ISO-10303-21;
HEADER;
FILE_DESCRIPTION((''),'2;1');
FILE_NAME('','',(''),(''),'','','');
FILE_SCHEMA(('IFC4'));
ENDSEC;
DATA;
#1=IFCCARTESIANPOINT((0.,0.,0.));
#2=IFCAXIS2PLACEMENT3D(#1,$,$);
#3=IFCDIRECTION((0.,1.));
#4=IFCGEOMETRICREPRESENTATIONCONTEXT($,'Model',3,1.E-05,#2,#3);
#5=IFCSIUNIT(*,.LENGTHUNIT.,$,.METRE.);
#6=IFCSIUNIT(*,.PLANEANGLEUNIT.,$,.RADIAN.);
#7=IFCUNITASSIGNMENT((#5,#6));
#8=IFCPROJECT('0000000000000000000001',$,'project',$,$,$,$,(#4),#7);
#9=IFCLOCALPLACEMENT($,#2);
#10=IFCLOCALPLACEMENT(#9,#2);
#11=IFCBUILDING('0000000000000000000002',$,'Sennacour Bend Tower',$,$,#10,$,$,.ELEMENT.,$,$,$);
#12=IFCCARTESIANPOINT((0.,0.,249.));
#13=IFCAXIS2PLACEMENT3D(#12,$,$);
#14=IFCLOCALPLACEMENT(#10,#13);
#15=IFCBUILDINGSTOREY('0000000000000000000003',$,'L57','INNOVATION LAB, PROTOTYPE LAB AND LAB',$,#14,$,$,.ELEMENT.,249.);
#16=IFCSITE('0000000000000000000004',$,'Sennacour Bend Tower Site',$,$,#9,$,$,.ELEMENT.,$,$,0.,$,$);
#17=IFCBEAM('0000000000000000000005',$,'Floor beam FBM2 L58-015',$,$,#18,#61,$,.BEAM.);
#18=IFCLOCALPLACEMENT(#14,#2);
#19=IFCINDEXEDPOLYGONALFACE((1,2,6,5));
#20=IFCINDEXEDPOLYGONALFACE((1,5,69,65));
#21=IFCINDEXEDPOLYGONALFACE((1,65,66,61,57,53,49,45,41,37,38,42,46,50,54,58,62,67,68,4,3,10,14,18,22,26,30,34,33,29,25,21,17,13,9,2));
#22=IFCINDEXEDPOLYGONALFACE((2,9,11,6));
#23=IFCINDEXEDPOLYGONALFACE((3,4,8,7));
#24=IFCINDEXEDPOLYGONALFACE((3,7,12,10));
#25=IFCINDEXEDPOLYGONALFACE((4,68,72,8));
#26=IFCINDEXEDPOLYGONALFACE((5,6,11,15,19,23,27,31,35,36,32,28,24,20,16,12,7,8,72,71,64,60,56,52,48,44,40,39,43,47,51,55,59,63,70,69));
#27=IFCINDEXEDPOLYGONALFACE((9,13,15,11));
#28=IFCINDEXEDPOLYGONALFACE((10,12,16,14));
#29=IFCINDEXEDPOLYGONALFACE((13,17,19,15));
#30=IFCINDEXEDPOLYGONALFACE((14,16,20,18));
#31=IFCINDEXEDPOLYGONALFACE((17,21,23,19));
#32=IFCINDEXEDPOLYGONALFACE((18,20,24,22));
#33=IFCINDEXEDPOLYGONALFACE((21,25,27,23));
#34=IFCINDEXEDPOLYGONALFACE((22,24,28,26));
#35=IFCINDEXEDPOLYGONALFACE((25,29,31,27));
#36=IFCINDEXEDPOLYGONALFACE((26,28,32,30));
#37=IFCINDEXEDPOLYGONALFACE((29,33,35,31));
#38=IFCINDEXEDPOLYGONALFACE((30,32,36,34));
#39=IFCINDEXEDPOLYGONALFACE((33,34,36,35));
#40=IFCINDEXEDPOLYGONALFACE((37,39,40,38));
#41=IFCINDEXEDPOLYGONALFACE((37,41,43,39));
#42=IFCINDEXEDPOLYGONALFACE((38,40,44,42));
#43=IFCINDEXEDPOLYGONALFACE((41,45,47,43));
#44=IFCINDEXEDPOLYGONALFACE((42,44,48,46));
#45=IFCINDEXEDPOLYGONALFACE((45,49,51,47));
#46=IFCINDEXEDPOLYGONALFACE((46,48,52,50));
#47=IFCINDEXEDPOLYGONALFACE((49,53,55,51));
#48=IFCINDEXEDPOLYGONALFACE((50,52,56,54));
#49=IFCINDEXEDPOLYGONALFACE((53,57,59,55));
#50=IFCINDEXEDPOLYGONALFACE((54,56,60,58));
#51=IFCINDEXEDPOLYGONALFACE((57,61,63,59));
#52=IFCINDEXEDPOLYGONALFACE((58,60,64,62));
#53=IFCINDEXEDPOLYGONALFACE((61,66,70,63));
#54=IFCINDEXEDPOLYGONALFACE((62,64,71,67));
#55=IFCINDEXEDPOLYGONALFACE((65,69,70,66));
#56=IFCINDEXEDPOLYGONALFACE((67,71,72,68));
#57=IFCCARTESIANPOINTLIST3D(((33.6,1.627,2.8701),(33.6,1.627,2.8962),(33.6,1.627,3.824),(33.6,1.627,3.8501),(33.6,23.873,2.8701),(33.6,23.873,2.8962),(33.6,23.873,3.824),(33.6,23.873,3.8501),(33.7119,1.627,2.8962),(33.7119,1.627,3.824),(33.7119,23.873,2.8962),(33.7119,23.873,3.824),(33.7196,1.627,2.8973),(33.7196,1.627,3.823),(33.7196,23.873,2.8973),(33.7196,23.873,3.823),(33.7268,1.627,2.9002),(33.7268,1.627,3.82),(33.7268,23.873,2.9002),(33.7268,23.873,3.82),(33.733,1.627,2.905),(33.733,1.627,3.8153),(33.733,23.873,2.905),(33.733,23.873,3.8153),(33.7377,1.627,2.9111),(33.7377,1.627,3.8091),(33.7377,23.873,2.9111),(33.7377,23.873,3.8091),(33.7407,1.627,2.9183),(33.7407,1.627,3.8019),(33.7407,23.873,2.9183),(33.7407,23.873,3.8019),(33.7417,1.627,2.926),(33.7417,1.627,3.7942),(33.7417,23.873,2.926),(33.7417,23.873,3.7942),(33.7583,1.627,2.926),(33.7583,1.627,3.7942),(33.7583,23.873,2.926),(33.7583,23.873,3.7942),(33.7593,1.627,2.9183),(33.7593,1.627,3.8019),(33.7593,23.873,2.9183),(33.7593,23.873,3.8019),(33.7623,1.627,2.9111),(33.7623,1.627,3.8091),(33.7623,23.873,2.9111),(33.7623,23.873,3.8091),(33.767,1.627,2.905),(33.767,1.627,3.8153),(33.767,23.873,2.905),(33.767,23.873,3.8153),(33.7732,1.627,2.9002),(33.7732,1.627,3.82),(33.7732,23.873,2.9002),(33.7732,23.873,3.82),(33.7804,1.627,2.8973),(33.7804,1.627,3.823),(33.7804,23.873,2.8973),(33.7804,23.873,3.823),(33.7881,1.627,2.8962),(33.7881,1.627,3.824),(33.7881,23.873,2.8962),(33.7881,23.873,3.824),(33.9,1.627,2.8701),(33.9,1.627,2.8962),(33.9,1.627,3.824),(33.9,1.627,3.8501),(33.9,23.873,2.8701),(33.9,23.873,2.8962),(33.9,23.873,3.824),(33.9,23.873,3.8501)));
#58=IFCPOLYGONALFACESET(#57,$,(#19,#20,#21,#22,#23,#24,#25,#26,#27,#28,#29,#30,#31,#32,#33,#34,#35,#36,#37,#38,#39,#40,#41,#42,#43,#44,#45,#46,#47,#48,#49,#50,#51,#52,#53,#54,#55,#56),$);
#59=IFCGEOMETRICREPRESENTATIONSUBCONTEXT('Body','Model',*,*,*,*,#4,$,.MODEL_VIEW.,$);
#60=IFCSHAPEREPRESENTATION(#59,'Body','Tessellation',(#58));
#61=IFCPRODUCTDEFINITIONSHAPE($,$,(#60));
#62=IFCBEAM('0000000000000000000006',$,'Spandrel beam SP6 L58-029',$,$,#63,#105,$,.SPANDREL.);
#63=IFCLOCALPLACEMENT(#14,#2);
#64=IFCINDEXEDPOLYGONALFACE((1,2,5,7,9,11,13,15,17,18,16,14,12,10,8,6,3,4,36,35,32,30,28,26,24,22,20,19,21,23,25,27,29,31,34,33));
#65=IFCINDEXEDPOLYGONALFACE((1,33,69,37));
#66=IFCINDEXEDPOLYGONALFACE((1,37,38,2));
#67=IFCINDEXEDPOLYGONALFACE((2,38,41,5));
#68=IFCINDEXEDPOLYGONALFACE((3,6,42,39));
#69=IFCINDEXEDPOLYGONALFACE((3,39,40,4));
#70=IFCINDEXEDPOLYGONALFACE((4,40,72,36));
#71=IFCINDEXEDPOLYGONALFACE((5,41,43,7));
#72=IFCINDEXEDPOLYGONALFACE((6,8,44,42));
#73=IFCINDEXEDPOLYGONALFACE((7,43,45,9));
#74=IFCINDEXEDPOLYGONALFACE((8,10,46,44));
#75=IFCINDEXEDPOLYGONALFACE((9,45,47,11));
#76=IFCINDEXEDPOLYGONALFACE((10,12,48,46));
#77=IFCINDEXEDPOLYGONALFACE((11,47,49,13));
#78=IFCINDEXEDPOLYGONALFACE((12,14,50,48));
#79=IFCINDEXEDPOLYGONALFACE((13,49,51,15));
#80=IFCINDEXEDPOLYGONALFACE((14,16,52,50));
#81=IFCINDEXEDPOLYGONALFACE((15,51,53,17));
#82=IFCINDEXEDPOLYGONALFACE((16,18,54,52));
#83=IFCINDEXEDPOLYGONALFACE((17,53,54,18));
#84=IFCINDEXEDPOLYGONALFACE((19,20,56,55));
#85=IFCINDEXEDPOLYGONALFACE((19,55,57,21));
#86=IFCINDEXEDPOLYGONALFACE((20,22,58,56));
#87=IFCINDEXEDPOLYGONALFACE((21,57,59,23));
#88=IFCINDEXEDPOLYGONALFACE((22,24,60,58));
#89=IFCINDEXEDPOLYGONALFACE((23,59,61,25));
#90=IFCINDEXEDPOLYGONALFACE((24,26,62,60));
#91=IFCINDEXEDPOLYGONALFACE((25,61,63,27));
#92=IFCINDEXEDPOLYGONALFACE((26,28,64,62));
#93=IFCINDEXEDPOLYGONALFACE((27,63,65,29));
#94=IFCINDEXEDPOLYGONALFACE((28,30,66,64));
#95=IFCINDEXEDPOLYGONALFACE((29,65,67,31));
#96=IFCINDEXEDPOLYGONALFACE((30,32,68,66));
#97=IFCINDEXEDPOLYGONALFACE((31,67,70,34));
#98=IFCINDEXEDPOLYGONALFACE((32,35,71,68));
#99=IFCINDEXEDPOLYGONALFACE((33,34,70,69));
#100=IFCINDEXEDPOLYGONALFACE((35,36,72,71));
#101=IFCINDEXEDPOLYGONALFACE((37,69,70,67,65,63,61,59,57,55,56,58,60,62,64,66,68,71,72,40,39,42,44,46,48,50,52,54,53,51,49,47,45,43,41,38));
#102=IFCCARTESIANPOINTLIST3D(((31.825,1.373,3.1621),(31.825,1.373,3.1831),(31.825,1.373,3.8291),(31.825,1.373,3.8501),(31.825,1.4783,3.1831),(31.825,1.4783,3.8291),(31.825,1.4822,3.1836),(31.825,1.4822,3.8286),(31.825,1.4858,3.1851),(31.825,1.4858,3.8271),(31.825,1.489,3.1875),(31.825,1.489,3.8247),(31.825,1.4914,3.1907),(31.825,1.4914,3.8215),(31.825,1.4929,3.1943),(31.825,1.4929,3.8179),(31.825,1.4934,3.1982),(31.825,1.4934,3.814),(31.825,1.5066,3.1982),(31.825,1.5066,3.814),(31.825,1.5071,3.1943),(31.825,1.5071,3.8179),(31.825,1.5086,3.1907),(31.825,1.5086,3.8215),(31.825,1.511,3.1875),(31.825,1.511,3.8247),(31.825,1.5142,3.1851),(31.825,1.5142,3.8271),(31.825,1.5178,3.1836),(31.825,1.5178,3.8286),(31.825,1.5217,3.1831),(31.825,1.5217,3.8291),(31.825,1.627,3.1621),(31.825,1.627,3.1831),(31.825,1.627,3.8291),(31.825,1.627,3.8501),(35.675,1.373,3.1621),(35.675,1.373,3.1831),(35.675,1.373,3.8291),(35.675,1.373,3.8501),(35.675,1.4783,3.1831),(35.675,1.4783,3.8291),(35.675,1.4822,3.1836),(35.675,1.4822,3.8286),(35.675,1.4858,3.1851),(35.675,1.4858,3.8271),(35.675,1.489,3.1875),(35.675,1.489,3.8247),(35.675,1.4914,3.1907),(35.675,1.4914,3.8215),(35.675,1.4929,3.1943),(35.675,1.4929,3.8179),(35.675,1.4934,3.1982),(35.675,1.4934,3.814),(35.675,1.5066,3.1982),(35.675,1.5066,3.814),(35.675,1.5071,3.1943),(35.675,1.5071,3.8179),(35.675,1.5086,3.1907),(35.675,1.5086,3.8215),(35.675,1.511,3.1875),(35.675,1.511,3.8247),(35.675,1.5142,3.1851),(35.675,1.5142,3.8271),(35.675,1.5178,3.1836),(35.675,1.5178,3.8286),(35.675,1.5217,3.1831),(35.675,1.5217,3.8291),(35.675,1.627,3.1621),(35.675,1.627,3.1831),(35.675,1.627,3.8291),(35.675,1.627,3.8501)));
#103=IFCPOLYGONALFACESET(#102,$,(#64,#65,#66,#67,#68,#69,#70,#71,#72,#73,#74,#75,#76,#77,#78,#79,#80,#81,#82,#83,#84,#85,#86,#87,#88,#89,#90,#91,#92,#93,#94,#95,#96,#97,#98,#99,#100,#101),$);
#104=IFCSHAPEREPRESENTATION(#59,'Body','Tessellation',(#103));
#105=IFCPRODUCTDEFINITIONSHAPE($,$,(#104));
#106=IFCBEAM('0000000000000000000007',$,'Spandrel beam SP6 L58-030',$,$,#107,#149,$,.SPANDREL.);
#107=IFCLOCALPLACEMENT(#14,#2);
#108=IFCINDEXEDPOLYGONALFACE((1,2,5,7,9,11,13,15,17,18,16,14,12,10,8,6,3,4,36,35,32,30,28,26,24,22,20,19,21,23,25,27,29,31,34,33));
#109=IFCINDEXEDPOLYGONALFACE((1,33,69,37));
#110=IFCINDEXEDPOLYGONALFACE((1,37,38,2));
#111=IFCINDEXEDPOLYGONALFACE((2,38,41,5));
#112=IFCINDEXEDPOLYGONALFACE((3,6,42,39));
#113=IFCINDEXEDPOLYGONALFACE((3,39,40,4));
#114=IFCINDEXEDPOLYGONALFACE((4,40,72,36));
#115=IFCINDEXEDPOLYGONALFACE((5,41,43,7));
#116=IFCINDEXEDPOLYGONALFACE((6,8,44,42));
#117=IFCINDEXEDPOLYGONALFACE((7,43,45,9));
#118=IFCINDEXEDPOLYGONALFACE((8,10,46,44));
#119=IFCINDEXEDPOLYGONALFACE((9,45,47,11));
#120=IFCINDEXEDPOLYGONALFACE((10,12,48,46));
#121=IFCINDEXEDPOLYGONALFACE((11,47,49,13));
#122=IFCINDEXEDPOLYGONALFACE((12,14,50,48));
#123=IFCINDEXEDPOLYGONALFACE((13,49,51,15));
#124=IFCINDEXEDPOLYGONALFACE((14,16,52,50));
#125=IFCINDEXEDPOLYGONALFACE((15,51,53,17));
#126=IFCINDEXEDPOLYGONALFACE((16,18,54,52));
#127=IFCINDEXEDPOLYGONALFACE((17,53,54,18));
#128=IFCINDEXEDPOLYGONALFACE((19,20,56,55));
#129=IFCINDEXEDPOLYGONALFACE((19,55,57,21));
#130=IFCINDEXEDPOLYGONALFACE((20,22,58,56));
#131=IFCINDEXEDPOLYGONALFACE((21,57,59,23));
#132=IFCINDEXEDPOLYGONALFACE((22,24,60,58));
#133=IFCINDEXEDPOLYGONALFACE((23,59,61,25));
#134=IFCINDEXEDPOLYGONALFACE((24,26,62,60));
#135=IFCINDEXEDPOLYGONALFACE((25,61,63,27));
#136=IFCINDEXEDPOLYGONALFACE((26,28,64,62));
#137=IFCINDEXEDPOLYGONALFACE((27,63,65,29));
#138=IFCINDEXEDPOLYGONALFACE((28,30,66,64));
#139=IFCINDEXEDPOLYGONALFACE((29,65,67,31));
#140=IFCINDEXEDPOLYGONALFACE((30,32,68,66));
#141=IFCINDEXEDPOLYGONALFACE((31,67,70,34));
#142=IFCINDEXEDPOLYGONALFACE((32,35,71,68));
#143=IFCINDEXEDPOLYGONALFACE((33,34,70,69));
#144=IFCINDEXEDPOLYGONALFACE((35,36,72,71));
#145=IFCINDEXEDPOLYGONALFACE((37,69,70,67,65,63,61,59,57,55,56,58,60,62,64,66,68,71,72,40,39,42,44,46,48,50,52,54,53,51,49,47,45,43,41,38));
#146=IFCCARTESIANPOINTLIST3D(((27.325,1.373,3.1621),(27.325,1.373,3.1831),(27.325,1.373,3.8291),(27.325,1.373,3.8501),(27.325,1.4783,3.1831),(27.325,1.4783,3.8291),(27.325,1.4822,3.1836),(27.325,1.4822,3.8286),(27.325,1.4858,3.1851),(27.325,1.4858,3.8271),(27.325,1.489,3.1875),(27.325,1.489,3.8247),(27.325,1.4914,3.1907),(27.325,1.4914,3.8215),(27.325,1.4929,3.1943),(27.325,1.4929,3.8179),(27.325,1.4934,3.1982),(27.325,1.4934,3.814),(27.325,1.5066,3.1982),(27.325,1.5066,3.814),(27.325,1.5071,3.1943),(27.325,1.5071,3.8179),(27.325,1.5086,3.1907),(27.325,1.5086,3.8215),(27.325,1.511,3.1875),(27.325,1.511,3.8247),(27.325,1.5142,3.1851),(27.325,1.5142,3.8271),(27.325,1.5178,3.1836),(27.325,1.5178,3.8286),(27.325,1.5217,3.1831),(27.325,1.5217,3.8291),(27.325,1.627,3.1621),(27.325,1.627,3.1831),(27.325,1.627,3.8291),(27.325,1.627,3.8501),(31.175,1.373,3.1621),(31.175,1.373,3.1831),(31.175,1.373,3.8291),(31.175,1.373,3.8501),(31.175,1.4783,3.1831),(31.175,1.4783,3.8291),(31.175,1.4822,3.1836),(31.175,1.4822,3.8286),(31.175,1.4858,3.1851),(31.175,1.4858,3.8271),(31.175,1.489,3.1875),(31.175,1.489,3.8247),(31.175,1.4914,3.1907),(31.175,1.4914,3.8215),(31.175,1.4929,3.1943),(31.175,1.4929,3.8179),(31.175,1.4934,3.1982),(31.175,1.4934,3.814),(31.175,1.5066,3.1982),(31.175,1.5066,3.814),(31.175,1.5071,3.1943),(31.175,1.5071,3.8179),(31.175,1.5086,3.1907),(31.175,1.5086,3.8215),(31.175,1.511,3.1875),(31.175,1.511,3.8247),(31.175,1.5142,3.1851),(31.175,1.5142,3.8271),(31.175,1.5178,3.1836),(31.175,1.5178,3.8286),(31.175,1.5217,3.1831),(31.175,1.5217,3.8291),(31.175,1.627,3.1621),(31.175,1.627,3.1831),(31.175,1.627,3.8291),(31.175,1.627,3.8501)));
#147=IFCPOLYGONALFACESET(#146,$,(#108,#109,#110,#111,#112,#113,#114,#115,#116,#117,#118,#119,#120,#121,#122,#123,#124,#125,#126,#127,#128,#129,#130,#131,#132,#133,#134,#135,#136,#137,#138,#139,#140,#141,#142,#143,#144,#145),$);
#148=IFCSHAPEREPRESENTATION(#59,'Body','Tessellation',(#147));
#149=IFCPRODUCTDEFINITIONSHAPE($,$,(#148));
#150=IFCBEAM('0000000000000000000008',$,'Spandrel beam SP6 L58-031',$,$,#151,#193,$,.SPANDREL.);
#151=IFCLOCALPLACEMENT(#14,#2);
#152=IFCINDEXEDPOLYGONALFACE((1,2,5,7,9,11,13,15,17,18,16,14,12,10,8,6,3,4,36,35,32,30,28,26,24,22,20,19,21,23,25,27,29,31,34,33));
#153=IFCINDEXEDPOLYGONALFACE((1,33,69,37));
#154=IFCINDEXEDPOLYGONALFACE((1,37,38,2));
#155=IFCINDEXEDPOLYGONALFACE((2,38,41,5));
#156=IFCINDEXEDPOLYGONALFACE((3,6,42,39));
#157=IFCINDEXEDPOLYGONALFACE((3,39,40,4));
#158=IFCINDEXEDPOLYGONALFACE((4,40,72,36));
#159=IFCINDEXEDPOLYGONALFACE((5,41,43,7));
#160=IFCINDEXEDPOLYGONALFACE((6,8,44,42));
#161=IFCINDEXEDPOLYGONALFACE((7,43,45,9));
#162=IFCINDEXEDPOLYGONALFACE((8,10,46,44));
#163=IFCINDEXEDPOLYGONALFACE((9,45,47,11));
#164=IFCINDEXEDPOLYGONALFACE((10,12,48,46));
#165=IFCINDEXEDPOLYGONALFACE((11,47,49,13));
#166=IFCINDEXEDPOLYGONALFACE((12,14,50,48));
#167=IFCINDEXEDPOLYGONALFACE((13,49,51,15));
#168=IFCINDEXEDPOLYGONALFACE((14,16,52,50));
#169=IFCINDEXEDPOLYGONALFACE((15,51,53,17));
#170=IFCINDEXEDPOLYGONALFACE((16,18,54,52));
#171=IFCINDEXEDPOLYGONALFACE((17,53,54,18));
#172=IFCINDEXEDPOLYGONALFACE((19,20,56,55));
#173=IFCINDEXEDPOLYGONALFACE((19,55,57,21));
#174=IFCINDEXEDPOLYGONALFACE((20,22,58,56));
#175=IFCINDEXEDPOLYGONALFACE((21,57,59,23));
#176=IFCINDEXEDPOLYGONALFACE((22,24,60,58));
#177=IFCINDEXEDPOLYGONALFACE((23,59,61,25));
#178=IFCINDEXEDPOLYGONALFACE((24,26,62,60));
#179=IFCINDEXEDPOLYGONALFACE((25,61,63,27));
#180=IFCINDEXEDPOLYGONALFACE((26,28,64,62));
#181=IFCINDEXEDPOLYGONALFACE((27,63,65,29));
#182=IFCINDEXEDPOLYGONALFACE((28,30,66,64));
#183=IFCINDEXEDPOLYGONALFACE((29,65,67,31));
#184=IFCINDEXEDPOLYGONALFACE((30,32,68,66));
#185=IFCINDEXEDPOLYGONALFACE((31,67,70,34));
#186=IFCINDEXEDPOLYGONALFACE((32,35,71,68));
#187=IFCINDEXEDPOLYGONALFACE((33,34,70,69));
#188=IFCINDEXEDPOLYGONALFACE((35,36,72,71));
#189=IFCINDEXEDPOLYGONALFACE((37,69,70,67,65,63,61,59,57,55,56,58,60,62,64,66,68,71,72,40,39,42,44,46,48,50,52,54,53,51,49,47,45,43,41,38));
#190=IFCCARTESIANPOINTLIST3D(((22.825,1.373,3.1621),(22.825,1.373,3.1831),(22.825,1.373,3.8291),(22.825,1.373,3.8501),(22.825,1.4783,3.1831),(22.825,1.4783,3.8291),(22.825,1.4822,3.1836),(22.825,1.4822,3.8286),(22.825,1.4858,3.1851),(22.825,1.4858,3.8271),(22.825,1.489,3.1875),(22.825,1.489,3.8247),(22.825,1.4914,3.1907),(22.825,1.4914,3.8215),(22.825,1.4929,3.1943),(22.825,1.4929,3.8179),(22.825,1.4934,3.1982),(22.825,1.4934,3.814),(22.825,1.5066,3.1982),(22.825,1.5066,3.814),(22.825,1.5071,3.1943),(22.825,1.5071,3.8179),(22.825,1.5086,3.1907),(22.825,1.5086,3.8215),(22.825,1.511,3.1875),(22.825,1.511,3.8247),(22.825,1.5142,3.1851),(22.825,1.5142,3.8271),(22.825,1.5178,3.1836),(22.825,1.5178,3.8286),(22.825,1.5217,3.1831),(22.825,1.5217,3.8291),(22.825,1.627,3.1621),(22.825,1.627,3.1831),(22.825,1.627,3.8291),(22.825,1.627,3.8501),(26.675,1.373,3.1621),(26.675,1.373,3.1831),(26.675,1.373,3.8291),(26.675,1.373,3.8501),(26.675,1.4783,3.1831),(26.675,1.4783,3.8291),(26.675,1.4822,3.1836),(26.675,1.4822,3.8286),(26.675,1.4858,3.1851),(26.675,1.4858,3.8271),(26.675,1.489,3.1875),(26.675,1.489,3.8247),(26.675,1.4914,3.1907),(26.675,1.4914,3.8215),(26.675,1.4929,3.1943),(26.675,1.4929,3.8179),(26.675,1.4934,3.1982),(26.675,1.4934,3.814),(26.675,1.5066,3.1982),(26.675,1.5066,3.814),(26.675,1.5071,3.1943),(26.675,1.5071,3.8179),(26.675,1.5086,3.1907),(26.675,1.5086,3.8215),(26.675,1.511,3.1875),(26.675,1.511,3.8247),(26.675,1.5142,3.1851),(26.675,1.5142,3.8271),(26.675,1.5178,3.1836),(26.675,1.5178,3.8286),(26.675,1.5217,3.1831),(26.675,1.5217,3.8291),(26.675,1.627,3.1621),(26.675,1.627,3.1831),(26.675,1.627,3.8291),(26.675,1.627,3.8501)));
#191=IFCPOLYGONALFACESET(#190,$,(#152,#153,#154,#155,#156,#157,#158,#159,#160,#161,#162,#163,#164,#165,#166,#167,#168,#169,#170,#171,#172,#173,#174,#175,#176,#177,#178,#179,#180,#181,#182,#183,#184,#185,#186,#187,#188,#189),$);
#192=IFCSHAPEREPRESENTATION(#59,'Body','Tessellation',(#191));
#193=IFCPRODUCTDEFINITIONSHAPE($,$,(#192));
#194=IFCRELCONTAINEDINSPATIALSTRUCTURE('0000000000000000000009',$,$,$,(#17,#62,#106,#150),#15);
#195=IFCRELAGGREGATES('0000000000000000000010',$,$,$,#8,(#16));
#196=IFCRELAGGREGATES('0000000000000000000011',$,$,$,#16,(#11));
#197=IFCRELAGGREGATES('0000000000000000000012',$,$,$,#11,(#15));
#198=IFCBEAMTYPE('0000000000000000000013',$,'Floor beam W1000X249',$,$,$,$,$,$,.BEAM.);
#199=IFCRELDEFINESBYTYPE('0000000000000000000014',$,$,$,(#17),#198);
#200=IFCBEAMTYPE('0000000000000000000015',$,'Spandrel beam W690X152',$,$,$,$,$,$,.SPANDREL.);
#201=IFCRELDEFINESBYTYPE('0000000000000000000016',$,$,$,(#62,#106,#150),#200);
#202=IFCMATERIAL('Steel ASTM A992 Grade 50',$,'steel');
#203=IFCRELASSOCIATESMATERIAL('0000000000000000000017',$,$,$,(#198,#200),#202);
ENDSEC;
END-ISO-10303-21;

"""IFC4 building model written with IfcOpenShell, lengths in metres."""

from ifc_helpers import new_model, si_unit, direction, frame, origin, origin_2d, place, context, subcontext, project, spatial, i_section, extrude, material, material_profile, profile_set, type_object, element, save


model = new_model("IFC4")

# Units and contexts
model_context = context("Model", 3, precision=1e-05, world=origin(), true_north=direction((0.0, 1.0)))
body_context = subcontext(model_context, "Body", "Model", "MODEL_VIEW")
ifc_project = project(units=[si_unit("LENGTHUNIT", "METRE"), si_unit("PLANEANGLEUNIT", "RADIAN")], contexts=[model_context])

# Site, building, storey
site_placement = place(None, origin())
site = spatial("IfcSite", under=ifc_project, at=site_placement, Name="Sennacour Bend Tower Site", CompositionType="ELEMENT", RefElevation=0.0)
building_placement = place(site_placement, origin())
building = spatial("IfcBuilding", under=site, at=building_placement, Name="Sennacour Bend Tower", CompositionType="ELEMENT")
storey_placement = place(building_placement, frame((0.0, 0.0, 249.0)))
storey = spatial("IfcBuildingStorey", under=building, at=storey_placement, Name="L57", Description="INNOVATION LAB, PROTOTYPE LAB AND LAB", CompositionType="ELEMENT", Elevation=249.0)

# Beams
ifc_material_1 = material(Name="Steel ASTM A992 Grade 50", Category="steel")
ifc_material_profile_1 = material_profile(ifc_material_1, i_section(OverallWidth=0.3, OverallDepth=0.98, WebThickness=0.0166, FlangeThickness=0.0261, FilletRadius=0.0298, at=origin_2d()), Name="Steel ASTM A992 Grade 50", Category="steel")
ifc_profile_set_1 = profile_set([ifc_material_profile_1], Name="Steel ASTM A992 Grade 50")
beam_type_1 = type_object("IfcBeamType", Name="Floor beam W1000X249", PredefinedType="BEAM", material=ifc_profile_set_1)
for number, where, z_axis, x_axis, name in (
    (1, (33.75, 1.627, 3.3601), (0.0, 1.0, 0.0), (-1.0, 0.0, 0.0), "Floor beam FBM2 L58-015"),
):
    element("IfcBeam", number, at=place(storey_placement, frame(where, z_axis=z_axis, x_axis=x_axis)), inside=storey, type_object=beam_type_1, Name=name, PredefinedType="BEAM", context=body_context, shape_type="SweptSolid", body=[
        extrude(i_section(OverallWidth=0.3, OverallDepth=0.98, WebThickness=0.0166, FlangeThickness=0.0261, FilletRadius=0.0298, at=origin_2d()), origin(), (0.0, 0.0, 1.0), 22.2461),
    ])
ifc_material_profile_2 = material_profile(ifc_material_1, i_section(OverallWidth=0.2539, OverallDepth=0.688, WebThickness=0.0132, FlangeThickness=0.021, FilletRadius=0.0151, at=origin_2d()), Name="Steel ASTM A992 Grade 50", Category="steel")
ifc_profile_set_2 = profile_set([ifc_material_profile_2], Name="Steel ASTM A992 Grade 50")
beam_type_2 = type_object("IfcBeamType", Name="Spandrel beam W690X152", PredefinedType="SPANDREL", material=ifc_profile_set_2)
for number, where, z_axis, x_axis, name in (
    (2, (35.675, 1.5, 3.5061), (-1.0, 0.0, 0.0), (0.0, -1.0, 0.0), "Spandrel beam SP6 L58-029"),
    (3, (31.175, 1.5, 3.5061), (-1.0, 0.0, 0.0), (0.0, -1.0, 0.0), "Spandrel beam SP6 L58-030"),
    (4, (26.675, 1.5, 3.5061), (-1.0, 0.0, 0.0), (0.0, -1.0, 0.0), "Spandrel beam SP6 L58-031"),
):
    element("IfcBeam", number, at=place(storey_placement, frame(where, z_axis=z_axis, x_axis=x_axis)), inside=storey, type_object=beam_type_2, Name=name, PredefinedType="SPANDREL", context=body_context, shape_type="SweptSolid", body=[
        extrude(i_section(OverallWidth=0.2539, OverallDepth=0.688, WebThickness=0.0132, FlangeThickness=0.021, FilletRadius=0.0151, at=origin_2d()), origin(), (0.0, 0.0, 1.0), 3.8501),
    ])

save(model, "model.ifc")
